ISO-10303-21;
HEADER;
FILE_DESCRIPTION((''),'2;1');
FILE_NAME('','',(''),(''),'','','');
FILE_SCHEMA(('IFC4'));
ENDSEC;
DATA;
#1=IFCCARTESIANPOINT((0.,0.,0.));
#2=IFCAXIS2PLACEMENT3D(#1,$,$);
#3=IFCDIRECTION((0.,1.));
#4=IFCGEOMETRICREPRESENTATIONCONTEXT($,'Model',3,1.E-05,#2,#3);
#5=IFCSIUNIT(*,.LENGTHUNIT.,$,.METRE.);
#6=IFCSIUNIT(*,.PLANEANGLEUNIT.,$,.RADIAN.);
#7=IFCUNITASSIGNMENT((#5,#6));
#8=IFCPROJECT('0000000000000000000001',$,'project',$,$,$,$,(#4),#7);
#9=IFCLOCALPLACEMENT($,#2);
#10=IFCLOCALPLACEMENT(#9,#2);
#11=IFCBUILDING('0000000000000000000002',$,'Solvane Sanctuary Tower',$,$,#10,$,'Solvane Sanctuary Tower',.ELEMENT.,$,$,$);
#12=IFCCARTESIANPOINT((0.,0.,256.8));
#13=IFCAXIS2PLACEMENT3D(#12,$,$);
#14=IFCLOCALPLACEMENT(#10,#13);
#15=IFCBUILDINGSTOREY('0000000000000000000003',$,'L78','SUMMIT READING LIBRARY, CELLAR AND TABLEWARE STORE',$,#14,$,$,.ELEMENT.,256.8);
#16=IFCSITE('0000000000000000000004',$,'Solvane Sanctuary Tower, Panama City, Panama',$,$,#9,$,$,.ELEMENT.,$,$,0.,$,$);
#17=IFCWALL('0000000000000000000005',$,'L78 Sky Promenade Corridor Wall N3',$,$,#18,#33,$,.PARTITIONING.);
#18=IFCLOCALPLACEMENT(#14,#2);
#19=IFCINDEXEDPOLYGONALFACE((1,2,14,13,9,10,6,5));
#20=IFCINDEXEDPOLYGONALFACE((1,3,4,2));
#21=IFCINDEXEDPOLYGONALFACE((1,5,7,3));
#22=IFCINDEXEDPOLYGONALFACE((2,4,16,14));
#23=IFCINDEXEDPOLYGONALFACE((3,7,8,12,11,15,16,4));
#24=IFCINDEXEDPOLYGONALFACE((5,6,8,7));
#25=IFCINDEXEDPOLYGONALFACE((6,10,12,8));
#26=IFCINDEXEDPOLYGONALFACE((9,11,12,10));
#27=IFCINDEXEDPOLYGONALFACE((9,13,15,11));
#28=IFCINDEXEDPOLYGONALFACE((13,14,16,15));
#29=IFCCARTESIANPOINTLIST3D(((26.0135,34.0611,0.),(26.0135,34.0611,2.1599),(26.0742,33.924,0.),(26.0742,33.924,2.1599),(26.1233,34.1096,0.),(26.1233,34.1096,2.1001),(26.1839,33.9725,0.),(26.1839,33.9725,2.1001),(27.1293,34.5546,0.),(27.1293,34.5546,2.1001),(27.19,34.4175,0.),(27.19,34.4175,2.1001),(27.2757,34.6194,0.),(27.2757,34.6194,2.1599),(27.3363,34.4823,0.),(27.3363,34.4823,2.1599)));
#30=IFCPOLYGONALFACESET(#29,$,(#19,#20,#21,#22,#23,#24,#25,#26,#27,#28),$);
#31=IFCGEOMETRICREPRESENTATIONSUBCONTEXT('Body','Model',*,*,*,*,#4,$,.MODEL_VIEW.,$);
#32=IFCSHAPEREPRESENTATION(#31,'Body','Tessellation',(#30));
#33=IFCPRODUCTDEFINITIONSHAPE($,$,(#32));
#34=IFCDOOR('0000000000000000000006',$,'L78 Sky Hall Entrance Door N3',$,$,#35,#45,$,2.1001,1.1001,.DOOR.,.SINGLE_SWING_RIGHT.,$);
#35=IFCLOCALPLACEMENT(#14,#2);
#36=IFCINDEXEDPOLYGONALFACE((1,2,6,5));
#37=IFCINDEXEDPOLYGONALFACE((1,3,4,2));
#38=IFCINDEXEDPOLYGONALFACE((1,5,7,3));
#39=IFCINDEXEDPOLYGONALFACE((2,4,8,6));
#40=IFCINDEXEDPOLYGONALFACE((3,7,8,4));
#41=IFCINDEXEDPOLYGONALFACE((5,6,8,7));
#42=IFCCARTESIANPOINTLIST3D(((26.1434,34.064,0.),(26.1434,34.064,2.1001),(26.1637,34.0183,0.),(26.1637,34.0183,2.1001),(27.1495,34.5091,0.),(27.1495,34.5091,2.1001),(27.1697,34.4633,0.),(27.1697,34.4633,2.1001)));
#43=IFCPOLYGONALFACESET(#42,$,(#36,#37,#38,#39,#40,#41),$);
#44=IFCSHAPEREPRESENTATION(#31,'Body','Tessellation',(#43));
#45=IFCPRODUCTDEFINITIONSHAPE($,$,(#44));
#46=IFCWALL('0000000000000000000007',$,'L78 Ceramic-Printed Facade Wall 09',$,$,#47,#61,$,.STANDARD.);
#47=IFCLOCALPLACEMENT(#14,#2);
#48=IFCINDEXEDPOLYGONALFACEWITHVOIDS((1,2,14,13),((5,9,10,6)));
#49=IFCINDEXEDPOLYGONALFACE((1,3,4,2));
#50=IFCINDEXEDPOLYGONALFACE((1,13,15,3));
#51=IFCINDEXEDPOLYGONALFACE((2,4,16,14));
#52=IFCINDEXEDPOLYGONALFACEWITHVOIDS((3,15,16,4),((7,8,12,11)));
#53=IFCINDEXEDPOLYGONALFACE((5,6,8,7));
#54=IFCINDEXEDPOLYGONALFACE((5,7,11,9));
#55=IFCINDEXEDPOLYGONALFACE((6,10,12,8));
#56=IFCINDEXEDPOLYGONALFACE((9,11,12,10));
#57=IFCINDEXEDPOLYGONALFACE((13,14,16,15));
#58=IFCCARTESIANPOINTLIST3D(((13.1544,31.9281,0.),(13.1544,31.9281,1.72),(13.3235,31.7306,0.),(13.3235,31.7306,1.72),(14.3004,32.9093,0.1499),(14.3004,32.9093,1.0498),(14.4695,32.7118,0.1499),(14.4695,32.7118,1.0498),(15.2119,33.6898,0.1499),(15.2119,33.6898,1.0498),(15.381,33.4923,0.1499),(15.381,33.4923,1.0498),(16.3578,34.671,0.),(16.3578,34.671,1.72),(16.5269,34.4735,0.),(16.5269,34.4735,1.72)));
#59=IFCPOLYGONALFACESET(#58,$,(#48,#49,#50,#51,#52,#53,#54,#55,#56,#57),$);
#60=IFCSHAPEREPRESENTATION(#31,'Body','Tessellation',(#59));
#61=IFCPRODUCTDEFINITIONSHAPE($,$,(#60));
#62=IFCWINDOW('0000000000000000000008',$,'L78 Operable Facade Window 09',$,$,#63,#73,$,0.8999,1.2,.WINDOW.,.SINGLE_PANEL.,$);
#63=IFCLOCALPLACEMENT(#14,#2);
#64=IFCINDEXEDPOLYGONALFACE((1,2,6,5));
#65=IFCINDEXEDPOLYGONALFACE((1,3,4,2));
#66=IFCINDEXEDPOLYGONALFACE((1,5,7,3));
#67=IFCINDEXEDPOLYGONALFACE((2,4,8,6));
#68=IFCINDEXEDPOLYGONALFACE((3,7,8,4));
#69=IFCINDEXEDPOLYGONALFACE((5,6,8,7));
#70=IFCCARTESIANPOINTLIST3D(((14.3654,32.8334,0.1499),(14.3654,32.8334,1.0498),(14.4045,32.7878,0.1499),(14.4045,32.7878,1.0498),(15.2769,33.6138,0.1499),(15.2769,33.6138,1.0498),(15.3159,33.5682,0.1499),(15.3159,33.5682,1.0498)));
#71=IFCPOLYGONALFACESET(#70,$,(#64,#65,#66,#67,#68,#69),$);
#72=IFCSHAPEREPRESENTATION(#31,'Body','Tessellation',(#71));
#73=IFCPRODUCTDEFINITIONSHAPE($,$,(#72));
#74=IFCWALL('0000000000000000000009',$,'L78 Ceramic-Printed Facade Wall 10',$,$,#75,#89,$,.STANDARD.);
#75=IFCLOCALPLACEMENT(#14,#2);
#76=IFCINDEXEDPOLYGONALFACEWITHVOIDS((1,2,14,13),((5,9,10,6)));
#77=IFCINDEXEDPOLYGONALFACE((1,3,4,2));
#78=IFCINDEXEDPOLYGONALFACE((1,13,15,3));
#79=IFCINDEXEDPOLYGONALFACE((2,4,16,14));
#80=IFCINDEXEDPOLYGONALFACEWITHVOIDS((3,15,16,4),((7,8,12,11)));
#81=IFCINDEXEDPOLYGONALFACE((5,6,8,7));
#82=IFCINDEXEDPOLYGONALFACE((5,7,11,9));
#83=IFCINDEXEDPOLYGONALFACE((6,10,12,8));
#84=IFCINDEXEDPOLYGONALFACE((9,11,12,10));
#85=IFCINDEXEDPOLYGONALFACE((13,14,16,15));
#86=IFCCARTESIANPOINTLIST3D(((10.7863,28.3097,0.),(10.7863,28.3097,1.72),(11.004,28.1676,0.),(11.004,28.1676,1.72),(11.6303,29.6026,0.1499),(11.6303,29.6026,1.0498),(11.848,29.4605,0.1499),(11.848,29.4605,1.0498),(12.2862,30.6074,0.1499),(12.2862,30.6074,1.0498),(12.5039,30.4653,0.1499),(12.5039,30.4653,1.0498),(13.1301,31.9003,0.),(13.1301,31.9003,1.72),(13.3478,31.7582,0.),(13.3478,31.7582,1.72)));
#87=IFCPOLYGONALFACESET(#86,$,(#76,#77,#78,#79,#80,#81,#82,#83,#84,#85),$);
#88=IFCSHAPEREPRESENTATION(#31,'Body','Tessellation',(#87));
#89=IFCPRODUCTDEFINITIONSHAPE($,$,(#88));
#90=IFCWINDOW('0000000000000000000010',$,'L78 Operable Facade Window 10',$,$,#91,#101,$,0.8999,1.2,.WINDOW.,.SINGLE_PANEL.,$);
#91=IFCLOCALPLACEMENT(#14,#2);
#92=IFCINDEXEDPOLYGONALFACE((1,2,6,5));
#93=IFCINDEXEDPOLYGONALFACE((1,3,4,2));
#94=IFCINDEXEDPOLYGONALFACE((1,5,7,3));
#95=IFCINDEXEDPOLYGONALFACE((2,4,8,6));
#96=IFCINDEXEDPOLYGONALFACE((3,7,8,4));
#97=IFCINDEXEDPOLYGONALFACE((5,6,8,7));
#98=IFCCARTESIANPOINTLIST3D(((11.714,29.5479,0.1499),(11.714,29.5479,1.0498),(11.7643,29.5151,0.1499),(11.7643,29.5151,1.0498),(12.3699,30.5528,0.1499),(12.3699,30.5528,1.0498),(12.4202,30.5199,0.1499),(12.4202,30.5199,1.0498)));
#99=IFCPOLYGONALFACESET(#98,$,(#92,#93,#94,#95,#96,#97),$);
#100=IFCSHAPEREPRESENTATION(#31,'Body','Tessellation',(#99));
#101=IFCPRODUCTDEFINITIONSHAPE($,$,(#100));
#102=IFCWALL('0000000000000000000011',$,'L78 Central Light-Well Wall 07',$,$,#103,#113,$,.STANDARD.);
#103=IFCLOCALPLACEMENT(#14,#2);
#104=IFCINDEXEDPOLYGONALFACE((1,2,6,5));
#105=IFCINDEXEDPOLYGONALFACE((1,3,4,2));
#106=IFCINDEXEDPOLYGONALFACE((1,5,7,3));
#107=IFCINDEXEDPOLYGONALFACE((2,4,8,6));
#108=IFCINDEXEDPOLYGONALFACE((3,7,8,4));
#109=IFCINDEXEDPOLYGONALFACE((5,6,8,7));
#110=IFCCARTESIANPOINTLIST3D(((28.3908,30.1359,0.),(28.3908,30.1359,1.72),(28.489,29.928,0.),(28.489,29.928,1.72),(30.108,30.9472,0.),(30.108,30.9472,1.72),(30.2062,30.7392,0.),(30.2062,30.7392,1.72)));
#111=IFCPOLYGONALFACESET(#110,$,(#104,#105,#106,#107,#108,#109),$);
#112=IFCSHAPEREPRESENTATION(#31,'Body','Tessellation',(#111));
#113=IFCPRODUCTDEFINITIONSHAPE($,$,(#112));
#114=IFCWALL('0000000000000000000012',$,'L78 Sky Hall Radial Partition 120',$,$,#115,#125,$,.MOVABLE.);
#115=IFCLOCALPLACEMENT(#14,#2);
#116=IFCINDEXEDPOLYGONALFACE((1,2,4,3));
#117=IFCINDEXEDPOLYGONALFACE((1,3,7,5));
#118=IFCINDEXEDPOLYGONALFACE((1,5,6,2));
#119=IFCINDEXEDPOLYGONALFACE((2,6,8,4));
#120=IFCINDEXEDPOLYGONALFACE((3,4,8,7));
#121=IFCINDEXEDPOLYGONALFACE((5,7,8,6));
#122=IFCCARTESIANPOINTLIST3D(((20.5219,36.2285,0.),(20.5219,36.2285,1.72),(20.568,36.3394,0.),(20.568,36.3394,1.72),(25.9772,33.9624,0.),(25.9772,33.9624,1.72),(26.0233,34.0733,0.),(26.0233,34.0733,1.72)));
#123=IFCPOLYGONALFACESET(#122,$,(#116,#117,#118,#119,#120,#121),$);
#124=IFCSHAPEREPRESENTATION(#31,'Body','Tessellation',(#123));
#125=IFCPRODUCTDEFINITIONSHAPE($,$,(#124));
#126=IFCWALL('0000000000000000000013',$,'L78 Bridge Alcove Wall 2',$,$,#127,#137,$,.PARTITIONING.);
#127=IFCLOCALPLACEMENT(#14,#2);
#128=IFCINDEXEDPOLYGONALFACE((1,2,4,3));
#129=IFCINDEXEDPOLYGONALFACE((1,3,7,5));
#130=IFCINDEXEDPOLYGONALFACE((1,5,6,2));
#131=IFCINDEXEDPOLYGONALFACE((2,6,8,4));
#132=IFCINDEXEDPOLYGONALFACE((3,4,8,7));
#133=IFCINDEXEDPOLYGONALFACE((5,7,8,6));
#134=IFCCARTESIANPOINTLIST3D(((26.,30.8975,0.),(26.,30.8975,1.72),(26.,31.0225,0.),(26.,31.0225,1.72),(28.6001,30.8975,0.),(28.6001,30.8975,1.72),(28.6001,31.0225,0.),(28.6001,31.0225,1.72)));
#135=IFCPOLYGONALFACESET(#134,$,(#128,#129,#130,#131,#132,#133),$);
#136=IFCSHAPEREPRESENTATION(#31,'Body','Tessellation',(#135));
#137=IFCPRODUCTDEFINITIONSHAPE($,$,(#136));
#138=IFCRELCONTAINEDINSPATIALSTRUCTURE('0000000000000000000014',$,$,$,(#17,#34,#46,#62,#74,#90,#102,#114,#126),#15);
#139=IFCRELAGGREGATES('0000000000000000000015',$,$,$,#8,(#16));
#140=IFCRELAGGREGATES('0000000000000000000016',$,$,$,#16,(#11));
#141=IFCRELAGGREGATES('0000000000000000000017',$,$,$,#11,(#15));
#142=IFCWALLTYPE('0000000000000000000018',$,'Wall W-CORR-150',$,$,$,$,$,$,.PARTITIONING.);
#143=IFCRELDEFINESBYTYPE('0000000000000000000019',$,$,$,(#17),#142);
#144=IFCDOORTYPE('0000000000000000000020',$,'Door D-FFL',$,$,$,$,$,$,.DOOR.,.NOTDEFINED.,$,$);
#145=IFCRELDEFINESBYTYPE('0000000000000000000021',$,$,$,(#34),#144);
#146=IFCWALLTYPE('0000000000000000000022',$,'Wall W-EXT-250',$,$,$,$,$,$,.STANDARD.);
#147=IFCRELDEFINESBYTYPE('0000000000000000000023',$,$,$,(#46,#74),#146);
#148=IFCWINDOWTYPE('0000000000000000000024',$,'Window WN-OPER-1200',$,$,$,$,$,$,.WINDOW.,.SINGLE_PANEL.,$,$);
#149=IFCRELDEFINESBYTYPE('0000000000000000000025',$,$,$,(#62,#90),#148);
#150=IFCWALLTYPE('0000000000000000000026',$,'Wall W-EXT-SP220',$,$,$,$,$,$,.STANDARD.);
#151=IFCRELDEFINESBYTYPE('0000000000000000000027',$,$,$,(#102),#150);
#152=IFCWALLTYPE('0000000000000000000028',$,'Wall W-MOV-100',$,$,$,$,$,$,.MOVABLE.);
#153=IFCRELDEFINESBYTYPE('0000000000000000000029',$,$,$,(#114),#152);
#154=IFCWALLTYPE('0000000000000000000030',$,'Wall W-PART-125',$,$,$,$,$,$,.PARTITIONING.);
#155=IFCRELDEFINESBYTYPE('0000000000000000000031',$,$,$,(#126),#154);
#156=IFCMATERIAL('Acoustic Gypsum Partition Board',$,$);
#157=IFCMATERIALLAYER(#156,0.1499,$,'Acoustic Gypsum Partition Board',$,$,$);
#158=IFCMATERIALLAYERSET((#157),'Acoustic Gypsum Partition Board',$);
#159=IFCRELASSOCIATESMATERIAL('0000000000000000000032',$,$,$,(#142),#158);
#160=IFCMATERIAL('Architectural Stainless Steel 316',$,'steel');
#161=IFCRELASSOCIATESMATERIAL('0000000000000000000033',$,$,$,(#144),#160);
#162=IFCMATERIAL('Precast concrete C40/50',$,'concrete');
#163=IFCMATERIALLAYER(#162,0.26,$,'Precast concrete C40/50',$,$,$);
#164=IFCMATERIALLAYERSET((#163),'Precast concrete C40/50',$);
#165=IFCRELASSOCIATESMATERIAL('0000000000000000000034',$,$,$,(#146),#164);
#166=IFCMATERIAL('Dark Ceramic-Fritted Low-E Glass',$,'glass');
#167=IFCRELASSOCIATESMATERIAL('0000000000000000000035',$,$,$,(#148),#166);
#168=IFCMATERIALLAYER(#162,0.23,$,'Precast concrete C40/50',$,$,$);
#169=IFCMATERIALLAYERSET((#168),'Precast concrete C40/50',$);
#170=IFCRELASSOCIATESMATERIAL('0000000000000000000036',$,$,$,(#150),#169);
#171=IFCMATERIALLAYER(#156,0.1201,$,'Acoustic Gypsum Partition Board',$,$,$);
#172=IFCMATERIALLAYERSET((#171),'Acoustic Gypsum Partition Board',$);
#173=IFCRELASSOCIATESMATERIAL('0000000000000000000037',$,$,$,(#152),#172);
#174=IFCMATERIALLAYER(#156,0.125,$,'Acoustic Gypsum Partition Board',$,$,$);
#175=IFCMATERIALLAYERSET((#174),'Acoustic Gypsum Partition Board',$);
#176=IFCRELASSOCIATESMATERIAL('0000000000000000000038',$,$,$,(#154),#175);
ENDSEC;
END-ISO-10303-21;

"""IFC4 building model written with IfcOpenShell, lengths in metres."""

from ifc_helpers import new_model, si_unit, direction, frame, frame_2d, origin, place, context, subcontext, project, spatial, rectangle, extrude, material, layer, layer_set, type_object, element, fill, save


model = new_model("IFC4")

# Units and contexts
model_context = context("Model", 3, precision=1e-05, world=origin(), true_north=direction((0.0, 1.0)))
body_context = subcontext(model_context, "Body", "Model", "MODEL_VIEW")
ifc_project = project(units=[si_unit("LENGTHUNIT", "METRE"), si_unit("PLANEANGLEUNIT", "RADIAN")], contexts=[model_context])

# Site, building, storey
site_placement = place(None, origin())
site = spatial("IfcSite", under=ifc_project, at=site_placement, Name="Solvane Sanctuary Tower, Panama City, Panama", CompositionType="ELEMENT", RefElevation=0.0)
building_placement = place(site_placement, origin())
building = spatial("IfcBuilding", under=site, at=building_placement, Name="Solvane Sanctuary Tower", LongName="Solvane Sanctuary Tower", CompositionType="ELEMENT")
storey_placement = place(building_placement, frame((0.0, 0.0, 256.8)))
storey = spatial("IfcBuildingStorey", under=building, at=storey_placement, Name="L78", Description="SUMMIT READING LIBRARY, CELLAR AND TABLEWARE STORE", CompositionType="ELEMENT", Elevation=256.8)

# Shared definitions
ifc_material_1 = material(Name="Acoustic Gypsum Partition Board")
ifc_layer_1 = layer(ifc_material_1, 0.1499, Name="Acoustic Gypsum Partition Board")
ifc_layer_set_1 = layer_set([ifc_layer_1], Name="Acoustic Gypsum Partition Board")
wall_type_1 = type_object("IfcWallType", Name="Wall W-CORR-150", PredefinedType="PARTITIONING", material=ifc_layer_set_1)

# Wall, opening, door
wall_1_placement = place(storey_placement, frame((27.3059, 34.5508, 0.0), z_axis=(0.0, 0.0, 1.0), x_axis=(-0.914518, -0.404546, 0.0)))
wall_1 = element("IfcWall", 1, at=wall_1_placement, inside=storey, type_object=wall_type_1, Name="L78 Sky Promenade Corridor Wall N3", PredefinedType="PARTITIONING", context=body_context, shape_type="SweptSolid", body=[
    extrude(rectangle(XDim=1.3801, YDim=0.1499, at=frame_2d((0.6899, 0.0))), origin(), (0.0, 0.0, 1.0), 2.1599),
])
opening_1_placement = place(wall_1_placement, frame((0.1599, 0.0, 0.0)))
opening_1 = element("IfcOpeningElement", 2, at=opening_1_placement, cuts=wall_1, PredefinedType="OPENING", context=body_context, shape_type="SweptSolid", body=[
    extrude(rectangle(XDim=1.1001, YDim=2.1001, at=frame_2d((0.55, 1.05))), frame((0.0, 0.085, 0.0), z_axis=(0.0, -1.0, 0.0), x_axis=(1.0, 0.0, 0.0)), (0.0, 0.0, 1.0), 0.1699),
])
ifc_material_2 = material(Name="Architectural Stainless Steel 316", Category="steel")
door_type_1 = type_object("IfcDoorType", Name="Door D-FFL", OperationType="NOTDEFINED", PredefinedType="DOOR", material=ifc_material_2)
door_1_placement = place(opening_1_placement, origin())
door_1 = element("IfcDoor", 3, at=door_1_placement, inside=storey, type_object=door_type_1, Name="L78 Sky Hall Entrance Door N3", OperationType="SINGLE_SWING_RIGHT", OverallHeight=2.1001, OverallWidth=1.1001, PredefinedType="DOOR", context=body_context, shape_type="SweptSolid", body=[
    extrude(rectangle(XDim=1.1001, YDim=2.1001, at=frame_2d((0.55, 1.05))), frame((0.0, 0.0249, 0.0), z_axis=(0.0, -1.0, 0.0), x_axis=(1.0, 0.0, 0.0)), (0.0, 0.0, 1.0), 0.05),
])
fill(opening_1, door_1)

# Walls, openings, windows
ifc_material_3 = material(Name="Precast concrete C40/50", Category="concrete")
ifc_layer_2 = layer(ifc_material_3, 0.26, Name="Precast concrete C40/50")
ifc_layer_set_2 = layer_set([ifc_layer_2], Name="Precast concrete C40/50")
wall_type_2 = type_object("IfcWallType", Name="Wall W-EXT-250", PredefinedType="STANDARD", material=ifc_layer_set_2)
wall_2_placement = place(storey_placement, frame((16.4424, 34.5723, 0.0), z_axis=(0.0, 0.0, 1.0), x_axis=(-0.759588, -0.650405, 0.0)))
wall_2 = element("IfcWall", 4, at=wall_2_placement, inside=storey, type_object=wall_type_2, Name="L78 Ceramic-Printed Facade Wall 09", PredefinedType="STANDARD", context=body_context, shape_type="SweptSolid", body=[
    extrude(rectangle(XDim=4.2173, YDim=0.26, at=frame_2d((2.1086, 0.0))), origin(), (0.0, 0.0, 1.0), 1.72),
])
opening_2_placement = place(wall_2_placement, frame((1.5085, 0.0, 0.1499)))
opening_2 = element("IfcOpeningElement", 5, at=opening_2_placement, cuts=wall_2, PredefinedType="OPENING", context=body_context, shape_type="SweptSolid", body=[
    extrude(rectangle(XDim=1.2, YDim=0.8999, at=frame_2d((0.6001, 0.45))), frame((0.0, 0.1399, 0.0), z_axis=(0.0, -1.0, 0.0), x_axis=(1.0, 0.0, 0.0)), (0.0, 0.0, 1.0), 0.28),
])
ifc_material_4 = material(Name="Dark Ceramic-Fritted Low-E Glass", Category="glass")
window_type = type_object("IfcWindowType", Name="Window WN-OPER-1200", PartitioningType="SINGLE_PANEL", PredefinedType="WINDOW", material=ifc_material_4)
window_1_placement = place(opening_2_placement, origin())
window_1 = element("IfcWindow", 6, at=window_1_placement, inside=storey, type_object=window_type, Name="L78 Operable Facade Window 09", OverallHeight=0.8999, OverallWidth=1.2, PartitioningType="SINGLE_PANEL", PredefinedType="WINDOW", context=body_context, shape_type="SweptSolid", body=[
    extrude(rectangle(XDim=1.2, YDim=0.8999, at=frame_2d((0.6001, 0.45))), frame((0.0, 0.03, 0.0), z_axis=(0.0, -1.0, 0.0), x_axis=(1.0, 0.0, 0.0)), (0.0, 0.0, 1.0), 0.0601),
])
fill(opening_2, window_1)
wall_3_placement = place(storey_placement, frame((13.239, 31.8293, 0.0), z_axis=(0.0, 0.0, 1.0), x_axis=(-0.546606, -0.83739, 0.0)))
wall_3 = element("IfcWall", 7, at=wall_3_placement, inside=storey, type_object=wall_type_2, Name="L78 Ceramic-Printed Facade Wall 10", PredefinedType="STANDARD", context=body_context, shape_type="SweptSolid", body=[
    extrude(rectangle(XDim=4.2878, YDim=0.26, at=frame_2d((2.144, 0.0))), origin(), (0.0, 0.0, 1.0), 1.72),
])
opening_3_placement = place(wall_3_placement, frame((1.5439, 0.0, 0.1499)))
opening_3 = element("IfcOpeningElement", 8, at=opening_3_placement, cuts=wall_3, PredefinedType="OPENING", context=body_context, shape_type="SweptSolid", body=[
    extrude(rectangle(XDim=1.2, YDim=0.8999, at=frame_2d((0.6001, 0.45))), frame((0.0, 0.1399, 0.0), z_axis=(0.0, -1.0, 0.0), x_axis=(1.0, 0.0, 0.0)), (0.0, 0.0, 1.0), 0.28),
])
window_2_placement = place(opening_3_placement, origin())
window_2 = element("IfcWindow", 9, at=window_2_placement, inside=storey, type_object=window_type, Name="L78 Operable Facade Window 10", OverallHeight=0.8999, OverallWidth=1.2, PartitioningType="SINGLE_PANEL", PredefinedType="WINDOW", context=body_context, shape_type="SweptSolid", body=[
    extrude(rectangle(XDim=1.2, YDim=0.8999, at=frame_2d((0.6001, 0.45))), frame((0.0, 0.03, 0.0), z_axis=(0.0, -1.0, 0.0), x_axis=(1.0, 0.0, 0.0)), (0.0, 0.0, 1.0), 0.0601),
])
fill(opening_3, window_2)

# Walls
ifc_layer_3 = layer(ifc_material_3, 0.23, Name="Precast concrete C40/50")
ifc_layer_set_3 = layer_set([ifc_layer_3], Name="Precast concrete C40/50")
wall_type_3 = type_object("IfcWallType", Name="Wall W-EXT-SP220", PredefinedType="STANDARD", material=ifc_layer_set_3)
wall_4_placement = place(storey_placement, frame((30.1572, 30.8433, 0.0), z_axis=(0.0, 0.0, 1.0), x_axis=(-0.90418, -0.427152, 0.0)))
element("IfcWall", 10, at=wall_4_placement, inside=storey, type_object=wall_type_3, Name="L78 Central Light-Well Wall 07", PredefinedType="STANDARD", context=body_context, shape_type="SweptSolid", body=[
    extrude(rectangle(XDim=1.8992, YDim=0.23, at=frame_2d((0.9497, 0.0))), origin(), (0.0, 0.0, 1.0), 1.72),
])
ifc_layer_4 = layer(ifc_material_1, 0.1201, Name="Acoustic Gypsum Partition Board")
ifc_layer_set_4 = layer_set([ifc_layer_4], Name="Acoustic Gypsum Partition Board")
wall_type_4 = type_object("IfcWallType", Name="Wall W-MOV-100", PredefinedType="MOVABLE", material=ifc_layer_set_4)
wall_5_placement = place(storey_placement, frame((26.0002, 34.0178, 0.0), z_axis=(0.0, 0.0, 1.0), x_axis=(-0.923493, 0.383614, 0.0)))
element("IfcWall", 11, at=wall_5_placement, inside=storey, type_object=wall_type_4, Name="L78 Sky Hall Radial Partition 120", PredefinedType="MOVABLE", context=body_context, shape_type="SweptSolid", body=[
    extrude(rectangle(XDim=5.9072, YDim=0.1201, at=frame_2d((2.9536, 0.0))), origin(), (0.0, 0.0, 1.0), 1.72),
])
ifc_layer_5 = layer(ifc_material_1, 0.125, Name="Acoustic Gypsum Partition Board")
ifc_layer_set_5 = layer_set([ifc_layer_5], Name="Acoustic Gypsum Partition Board")
wall_type_5 = type_object("IfcWallType", Name="Wall W-PART-125", PredefinedType="PARTITIONING", material=ifc_layer_set_5)
wall_6_placement = place(storey_placement, frame((26.0, 30.96, 0.0), z_axis=(0.0, 0.0, 1.0), x_axis=(1.0, 0.0, 0.0)))
element("IfcWall", 12, at=wall_6_placement, inside=storey, type_object=wall_type_5, Name="L78 Bridge Alcove Wall 2", PredefinedType="PARTITIONING", context=body_context, shape_type="SweptSolid", body=[
    extrude(rectangle(XDim=2.6001, YDim=0.125, at=frame_2d((1.3, 0.0))), origin(), (0.0, 0.0, 1.0), 1.72),
])

save(model, "model.ifc")
